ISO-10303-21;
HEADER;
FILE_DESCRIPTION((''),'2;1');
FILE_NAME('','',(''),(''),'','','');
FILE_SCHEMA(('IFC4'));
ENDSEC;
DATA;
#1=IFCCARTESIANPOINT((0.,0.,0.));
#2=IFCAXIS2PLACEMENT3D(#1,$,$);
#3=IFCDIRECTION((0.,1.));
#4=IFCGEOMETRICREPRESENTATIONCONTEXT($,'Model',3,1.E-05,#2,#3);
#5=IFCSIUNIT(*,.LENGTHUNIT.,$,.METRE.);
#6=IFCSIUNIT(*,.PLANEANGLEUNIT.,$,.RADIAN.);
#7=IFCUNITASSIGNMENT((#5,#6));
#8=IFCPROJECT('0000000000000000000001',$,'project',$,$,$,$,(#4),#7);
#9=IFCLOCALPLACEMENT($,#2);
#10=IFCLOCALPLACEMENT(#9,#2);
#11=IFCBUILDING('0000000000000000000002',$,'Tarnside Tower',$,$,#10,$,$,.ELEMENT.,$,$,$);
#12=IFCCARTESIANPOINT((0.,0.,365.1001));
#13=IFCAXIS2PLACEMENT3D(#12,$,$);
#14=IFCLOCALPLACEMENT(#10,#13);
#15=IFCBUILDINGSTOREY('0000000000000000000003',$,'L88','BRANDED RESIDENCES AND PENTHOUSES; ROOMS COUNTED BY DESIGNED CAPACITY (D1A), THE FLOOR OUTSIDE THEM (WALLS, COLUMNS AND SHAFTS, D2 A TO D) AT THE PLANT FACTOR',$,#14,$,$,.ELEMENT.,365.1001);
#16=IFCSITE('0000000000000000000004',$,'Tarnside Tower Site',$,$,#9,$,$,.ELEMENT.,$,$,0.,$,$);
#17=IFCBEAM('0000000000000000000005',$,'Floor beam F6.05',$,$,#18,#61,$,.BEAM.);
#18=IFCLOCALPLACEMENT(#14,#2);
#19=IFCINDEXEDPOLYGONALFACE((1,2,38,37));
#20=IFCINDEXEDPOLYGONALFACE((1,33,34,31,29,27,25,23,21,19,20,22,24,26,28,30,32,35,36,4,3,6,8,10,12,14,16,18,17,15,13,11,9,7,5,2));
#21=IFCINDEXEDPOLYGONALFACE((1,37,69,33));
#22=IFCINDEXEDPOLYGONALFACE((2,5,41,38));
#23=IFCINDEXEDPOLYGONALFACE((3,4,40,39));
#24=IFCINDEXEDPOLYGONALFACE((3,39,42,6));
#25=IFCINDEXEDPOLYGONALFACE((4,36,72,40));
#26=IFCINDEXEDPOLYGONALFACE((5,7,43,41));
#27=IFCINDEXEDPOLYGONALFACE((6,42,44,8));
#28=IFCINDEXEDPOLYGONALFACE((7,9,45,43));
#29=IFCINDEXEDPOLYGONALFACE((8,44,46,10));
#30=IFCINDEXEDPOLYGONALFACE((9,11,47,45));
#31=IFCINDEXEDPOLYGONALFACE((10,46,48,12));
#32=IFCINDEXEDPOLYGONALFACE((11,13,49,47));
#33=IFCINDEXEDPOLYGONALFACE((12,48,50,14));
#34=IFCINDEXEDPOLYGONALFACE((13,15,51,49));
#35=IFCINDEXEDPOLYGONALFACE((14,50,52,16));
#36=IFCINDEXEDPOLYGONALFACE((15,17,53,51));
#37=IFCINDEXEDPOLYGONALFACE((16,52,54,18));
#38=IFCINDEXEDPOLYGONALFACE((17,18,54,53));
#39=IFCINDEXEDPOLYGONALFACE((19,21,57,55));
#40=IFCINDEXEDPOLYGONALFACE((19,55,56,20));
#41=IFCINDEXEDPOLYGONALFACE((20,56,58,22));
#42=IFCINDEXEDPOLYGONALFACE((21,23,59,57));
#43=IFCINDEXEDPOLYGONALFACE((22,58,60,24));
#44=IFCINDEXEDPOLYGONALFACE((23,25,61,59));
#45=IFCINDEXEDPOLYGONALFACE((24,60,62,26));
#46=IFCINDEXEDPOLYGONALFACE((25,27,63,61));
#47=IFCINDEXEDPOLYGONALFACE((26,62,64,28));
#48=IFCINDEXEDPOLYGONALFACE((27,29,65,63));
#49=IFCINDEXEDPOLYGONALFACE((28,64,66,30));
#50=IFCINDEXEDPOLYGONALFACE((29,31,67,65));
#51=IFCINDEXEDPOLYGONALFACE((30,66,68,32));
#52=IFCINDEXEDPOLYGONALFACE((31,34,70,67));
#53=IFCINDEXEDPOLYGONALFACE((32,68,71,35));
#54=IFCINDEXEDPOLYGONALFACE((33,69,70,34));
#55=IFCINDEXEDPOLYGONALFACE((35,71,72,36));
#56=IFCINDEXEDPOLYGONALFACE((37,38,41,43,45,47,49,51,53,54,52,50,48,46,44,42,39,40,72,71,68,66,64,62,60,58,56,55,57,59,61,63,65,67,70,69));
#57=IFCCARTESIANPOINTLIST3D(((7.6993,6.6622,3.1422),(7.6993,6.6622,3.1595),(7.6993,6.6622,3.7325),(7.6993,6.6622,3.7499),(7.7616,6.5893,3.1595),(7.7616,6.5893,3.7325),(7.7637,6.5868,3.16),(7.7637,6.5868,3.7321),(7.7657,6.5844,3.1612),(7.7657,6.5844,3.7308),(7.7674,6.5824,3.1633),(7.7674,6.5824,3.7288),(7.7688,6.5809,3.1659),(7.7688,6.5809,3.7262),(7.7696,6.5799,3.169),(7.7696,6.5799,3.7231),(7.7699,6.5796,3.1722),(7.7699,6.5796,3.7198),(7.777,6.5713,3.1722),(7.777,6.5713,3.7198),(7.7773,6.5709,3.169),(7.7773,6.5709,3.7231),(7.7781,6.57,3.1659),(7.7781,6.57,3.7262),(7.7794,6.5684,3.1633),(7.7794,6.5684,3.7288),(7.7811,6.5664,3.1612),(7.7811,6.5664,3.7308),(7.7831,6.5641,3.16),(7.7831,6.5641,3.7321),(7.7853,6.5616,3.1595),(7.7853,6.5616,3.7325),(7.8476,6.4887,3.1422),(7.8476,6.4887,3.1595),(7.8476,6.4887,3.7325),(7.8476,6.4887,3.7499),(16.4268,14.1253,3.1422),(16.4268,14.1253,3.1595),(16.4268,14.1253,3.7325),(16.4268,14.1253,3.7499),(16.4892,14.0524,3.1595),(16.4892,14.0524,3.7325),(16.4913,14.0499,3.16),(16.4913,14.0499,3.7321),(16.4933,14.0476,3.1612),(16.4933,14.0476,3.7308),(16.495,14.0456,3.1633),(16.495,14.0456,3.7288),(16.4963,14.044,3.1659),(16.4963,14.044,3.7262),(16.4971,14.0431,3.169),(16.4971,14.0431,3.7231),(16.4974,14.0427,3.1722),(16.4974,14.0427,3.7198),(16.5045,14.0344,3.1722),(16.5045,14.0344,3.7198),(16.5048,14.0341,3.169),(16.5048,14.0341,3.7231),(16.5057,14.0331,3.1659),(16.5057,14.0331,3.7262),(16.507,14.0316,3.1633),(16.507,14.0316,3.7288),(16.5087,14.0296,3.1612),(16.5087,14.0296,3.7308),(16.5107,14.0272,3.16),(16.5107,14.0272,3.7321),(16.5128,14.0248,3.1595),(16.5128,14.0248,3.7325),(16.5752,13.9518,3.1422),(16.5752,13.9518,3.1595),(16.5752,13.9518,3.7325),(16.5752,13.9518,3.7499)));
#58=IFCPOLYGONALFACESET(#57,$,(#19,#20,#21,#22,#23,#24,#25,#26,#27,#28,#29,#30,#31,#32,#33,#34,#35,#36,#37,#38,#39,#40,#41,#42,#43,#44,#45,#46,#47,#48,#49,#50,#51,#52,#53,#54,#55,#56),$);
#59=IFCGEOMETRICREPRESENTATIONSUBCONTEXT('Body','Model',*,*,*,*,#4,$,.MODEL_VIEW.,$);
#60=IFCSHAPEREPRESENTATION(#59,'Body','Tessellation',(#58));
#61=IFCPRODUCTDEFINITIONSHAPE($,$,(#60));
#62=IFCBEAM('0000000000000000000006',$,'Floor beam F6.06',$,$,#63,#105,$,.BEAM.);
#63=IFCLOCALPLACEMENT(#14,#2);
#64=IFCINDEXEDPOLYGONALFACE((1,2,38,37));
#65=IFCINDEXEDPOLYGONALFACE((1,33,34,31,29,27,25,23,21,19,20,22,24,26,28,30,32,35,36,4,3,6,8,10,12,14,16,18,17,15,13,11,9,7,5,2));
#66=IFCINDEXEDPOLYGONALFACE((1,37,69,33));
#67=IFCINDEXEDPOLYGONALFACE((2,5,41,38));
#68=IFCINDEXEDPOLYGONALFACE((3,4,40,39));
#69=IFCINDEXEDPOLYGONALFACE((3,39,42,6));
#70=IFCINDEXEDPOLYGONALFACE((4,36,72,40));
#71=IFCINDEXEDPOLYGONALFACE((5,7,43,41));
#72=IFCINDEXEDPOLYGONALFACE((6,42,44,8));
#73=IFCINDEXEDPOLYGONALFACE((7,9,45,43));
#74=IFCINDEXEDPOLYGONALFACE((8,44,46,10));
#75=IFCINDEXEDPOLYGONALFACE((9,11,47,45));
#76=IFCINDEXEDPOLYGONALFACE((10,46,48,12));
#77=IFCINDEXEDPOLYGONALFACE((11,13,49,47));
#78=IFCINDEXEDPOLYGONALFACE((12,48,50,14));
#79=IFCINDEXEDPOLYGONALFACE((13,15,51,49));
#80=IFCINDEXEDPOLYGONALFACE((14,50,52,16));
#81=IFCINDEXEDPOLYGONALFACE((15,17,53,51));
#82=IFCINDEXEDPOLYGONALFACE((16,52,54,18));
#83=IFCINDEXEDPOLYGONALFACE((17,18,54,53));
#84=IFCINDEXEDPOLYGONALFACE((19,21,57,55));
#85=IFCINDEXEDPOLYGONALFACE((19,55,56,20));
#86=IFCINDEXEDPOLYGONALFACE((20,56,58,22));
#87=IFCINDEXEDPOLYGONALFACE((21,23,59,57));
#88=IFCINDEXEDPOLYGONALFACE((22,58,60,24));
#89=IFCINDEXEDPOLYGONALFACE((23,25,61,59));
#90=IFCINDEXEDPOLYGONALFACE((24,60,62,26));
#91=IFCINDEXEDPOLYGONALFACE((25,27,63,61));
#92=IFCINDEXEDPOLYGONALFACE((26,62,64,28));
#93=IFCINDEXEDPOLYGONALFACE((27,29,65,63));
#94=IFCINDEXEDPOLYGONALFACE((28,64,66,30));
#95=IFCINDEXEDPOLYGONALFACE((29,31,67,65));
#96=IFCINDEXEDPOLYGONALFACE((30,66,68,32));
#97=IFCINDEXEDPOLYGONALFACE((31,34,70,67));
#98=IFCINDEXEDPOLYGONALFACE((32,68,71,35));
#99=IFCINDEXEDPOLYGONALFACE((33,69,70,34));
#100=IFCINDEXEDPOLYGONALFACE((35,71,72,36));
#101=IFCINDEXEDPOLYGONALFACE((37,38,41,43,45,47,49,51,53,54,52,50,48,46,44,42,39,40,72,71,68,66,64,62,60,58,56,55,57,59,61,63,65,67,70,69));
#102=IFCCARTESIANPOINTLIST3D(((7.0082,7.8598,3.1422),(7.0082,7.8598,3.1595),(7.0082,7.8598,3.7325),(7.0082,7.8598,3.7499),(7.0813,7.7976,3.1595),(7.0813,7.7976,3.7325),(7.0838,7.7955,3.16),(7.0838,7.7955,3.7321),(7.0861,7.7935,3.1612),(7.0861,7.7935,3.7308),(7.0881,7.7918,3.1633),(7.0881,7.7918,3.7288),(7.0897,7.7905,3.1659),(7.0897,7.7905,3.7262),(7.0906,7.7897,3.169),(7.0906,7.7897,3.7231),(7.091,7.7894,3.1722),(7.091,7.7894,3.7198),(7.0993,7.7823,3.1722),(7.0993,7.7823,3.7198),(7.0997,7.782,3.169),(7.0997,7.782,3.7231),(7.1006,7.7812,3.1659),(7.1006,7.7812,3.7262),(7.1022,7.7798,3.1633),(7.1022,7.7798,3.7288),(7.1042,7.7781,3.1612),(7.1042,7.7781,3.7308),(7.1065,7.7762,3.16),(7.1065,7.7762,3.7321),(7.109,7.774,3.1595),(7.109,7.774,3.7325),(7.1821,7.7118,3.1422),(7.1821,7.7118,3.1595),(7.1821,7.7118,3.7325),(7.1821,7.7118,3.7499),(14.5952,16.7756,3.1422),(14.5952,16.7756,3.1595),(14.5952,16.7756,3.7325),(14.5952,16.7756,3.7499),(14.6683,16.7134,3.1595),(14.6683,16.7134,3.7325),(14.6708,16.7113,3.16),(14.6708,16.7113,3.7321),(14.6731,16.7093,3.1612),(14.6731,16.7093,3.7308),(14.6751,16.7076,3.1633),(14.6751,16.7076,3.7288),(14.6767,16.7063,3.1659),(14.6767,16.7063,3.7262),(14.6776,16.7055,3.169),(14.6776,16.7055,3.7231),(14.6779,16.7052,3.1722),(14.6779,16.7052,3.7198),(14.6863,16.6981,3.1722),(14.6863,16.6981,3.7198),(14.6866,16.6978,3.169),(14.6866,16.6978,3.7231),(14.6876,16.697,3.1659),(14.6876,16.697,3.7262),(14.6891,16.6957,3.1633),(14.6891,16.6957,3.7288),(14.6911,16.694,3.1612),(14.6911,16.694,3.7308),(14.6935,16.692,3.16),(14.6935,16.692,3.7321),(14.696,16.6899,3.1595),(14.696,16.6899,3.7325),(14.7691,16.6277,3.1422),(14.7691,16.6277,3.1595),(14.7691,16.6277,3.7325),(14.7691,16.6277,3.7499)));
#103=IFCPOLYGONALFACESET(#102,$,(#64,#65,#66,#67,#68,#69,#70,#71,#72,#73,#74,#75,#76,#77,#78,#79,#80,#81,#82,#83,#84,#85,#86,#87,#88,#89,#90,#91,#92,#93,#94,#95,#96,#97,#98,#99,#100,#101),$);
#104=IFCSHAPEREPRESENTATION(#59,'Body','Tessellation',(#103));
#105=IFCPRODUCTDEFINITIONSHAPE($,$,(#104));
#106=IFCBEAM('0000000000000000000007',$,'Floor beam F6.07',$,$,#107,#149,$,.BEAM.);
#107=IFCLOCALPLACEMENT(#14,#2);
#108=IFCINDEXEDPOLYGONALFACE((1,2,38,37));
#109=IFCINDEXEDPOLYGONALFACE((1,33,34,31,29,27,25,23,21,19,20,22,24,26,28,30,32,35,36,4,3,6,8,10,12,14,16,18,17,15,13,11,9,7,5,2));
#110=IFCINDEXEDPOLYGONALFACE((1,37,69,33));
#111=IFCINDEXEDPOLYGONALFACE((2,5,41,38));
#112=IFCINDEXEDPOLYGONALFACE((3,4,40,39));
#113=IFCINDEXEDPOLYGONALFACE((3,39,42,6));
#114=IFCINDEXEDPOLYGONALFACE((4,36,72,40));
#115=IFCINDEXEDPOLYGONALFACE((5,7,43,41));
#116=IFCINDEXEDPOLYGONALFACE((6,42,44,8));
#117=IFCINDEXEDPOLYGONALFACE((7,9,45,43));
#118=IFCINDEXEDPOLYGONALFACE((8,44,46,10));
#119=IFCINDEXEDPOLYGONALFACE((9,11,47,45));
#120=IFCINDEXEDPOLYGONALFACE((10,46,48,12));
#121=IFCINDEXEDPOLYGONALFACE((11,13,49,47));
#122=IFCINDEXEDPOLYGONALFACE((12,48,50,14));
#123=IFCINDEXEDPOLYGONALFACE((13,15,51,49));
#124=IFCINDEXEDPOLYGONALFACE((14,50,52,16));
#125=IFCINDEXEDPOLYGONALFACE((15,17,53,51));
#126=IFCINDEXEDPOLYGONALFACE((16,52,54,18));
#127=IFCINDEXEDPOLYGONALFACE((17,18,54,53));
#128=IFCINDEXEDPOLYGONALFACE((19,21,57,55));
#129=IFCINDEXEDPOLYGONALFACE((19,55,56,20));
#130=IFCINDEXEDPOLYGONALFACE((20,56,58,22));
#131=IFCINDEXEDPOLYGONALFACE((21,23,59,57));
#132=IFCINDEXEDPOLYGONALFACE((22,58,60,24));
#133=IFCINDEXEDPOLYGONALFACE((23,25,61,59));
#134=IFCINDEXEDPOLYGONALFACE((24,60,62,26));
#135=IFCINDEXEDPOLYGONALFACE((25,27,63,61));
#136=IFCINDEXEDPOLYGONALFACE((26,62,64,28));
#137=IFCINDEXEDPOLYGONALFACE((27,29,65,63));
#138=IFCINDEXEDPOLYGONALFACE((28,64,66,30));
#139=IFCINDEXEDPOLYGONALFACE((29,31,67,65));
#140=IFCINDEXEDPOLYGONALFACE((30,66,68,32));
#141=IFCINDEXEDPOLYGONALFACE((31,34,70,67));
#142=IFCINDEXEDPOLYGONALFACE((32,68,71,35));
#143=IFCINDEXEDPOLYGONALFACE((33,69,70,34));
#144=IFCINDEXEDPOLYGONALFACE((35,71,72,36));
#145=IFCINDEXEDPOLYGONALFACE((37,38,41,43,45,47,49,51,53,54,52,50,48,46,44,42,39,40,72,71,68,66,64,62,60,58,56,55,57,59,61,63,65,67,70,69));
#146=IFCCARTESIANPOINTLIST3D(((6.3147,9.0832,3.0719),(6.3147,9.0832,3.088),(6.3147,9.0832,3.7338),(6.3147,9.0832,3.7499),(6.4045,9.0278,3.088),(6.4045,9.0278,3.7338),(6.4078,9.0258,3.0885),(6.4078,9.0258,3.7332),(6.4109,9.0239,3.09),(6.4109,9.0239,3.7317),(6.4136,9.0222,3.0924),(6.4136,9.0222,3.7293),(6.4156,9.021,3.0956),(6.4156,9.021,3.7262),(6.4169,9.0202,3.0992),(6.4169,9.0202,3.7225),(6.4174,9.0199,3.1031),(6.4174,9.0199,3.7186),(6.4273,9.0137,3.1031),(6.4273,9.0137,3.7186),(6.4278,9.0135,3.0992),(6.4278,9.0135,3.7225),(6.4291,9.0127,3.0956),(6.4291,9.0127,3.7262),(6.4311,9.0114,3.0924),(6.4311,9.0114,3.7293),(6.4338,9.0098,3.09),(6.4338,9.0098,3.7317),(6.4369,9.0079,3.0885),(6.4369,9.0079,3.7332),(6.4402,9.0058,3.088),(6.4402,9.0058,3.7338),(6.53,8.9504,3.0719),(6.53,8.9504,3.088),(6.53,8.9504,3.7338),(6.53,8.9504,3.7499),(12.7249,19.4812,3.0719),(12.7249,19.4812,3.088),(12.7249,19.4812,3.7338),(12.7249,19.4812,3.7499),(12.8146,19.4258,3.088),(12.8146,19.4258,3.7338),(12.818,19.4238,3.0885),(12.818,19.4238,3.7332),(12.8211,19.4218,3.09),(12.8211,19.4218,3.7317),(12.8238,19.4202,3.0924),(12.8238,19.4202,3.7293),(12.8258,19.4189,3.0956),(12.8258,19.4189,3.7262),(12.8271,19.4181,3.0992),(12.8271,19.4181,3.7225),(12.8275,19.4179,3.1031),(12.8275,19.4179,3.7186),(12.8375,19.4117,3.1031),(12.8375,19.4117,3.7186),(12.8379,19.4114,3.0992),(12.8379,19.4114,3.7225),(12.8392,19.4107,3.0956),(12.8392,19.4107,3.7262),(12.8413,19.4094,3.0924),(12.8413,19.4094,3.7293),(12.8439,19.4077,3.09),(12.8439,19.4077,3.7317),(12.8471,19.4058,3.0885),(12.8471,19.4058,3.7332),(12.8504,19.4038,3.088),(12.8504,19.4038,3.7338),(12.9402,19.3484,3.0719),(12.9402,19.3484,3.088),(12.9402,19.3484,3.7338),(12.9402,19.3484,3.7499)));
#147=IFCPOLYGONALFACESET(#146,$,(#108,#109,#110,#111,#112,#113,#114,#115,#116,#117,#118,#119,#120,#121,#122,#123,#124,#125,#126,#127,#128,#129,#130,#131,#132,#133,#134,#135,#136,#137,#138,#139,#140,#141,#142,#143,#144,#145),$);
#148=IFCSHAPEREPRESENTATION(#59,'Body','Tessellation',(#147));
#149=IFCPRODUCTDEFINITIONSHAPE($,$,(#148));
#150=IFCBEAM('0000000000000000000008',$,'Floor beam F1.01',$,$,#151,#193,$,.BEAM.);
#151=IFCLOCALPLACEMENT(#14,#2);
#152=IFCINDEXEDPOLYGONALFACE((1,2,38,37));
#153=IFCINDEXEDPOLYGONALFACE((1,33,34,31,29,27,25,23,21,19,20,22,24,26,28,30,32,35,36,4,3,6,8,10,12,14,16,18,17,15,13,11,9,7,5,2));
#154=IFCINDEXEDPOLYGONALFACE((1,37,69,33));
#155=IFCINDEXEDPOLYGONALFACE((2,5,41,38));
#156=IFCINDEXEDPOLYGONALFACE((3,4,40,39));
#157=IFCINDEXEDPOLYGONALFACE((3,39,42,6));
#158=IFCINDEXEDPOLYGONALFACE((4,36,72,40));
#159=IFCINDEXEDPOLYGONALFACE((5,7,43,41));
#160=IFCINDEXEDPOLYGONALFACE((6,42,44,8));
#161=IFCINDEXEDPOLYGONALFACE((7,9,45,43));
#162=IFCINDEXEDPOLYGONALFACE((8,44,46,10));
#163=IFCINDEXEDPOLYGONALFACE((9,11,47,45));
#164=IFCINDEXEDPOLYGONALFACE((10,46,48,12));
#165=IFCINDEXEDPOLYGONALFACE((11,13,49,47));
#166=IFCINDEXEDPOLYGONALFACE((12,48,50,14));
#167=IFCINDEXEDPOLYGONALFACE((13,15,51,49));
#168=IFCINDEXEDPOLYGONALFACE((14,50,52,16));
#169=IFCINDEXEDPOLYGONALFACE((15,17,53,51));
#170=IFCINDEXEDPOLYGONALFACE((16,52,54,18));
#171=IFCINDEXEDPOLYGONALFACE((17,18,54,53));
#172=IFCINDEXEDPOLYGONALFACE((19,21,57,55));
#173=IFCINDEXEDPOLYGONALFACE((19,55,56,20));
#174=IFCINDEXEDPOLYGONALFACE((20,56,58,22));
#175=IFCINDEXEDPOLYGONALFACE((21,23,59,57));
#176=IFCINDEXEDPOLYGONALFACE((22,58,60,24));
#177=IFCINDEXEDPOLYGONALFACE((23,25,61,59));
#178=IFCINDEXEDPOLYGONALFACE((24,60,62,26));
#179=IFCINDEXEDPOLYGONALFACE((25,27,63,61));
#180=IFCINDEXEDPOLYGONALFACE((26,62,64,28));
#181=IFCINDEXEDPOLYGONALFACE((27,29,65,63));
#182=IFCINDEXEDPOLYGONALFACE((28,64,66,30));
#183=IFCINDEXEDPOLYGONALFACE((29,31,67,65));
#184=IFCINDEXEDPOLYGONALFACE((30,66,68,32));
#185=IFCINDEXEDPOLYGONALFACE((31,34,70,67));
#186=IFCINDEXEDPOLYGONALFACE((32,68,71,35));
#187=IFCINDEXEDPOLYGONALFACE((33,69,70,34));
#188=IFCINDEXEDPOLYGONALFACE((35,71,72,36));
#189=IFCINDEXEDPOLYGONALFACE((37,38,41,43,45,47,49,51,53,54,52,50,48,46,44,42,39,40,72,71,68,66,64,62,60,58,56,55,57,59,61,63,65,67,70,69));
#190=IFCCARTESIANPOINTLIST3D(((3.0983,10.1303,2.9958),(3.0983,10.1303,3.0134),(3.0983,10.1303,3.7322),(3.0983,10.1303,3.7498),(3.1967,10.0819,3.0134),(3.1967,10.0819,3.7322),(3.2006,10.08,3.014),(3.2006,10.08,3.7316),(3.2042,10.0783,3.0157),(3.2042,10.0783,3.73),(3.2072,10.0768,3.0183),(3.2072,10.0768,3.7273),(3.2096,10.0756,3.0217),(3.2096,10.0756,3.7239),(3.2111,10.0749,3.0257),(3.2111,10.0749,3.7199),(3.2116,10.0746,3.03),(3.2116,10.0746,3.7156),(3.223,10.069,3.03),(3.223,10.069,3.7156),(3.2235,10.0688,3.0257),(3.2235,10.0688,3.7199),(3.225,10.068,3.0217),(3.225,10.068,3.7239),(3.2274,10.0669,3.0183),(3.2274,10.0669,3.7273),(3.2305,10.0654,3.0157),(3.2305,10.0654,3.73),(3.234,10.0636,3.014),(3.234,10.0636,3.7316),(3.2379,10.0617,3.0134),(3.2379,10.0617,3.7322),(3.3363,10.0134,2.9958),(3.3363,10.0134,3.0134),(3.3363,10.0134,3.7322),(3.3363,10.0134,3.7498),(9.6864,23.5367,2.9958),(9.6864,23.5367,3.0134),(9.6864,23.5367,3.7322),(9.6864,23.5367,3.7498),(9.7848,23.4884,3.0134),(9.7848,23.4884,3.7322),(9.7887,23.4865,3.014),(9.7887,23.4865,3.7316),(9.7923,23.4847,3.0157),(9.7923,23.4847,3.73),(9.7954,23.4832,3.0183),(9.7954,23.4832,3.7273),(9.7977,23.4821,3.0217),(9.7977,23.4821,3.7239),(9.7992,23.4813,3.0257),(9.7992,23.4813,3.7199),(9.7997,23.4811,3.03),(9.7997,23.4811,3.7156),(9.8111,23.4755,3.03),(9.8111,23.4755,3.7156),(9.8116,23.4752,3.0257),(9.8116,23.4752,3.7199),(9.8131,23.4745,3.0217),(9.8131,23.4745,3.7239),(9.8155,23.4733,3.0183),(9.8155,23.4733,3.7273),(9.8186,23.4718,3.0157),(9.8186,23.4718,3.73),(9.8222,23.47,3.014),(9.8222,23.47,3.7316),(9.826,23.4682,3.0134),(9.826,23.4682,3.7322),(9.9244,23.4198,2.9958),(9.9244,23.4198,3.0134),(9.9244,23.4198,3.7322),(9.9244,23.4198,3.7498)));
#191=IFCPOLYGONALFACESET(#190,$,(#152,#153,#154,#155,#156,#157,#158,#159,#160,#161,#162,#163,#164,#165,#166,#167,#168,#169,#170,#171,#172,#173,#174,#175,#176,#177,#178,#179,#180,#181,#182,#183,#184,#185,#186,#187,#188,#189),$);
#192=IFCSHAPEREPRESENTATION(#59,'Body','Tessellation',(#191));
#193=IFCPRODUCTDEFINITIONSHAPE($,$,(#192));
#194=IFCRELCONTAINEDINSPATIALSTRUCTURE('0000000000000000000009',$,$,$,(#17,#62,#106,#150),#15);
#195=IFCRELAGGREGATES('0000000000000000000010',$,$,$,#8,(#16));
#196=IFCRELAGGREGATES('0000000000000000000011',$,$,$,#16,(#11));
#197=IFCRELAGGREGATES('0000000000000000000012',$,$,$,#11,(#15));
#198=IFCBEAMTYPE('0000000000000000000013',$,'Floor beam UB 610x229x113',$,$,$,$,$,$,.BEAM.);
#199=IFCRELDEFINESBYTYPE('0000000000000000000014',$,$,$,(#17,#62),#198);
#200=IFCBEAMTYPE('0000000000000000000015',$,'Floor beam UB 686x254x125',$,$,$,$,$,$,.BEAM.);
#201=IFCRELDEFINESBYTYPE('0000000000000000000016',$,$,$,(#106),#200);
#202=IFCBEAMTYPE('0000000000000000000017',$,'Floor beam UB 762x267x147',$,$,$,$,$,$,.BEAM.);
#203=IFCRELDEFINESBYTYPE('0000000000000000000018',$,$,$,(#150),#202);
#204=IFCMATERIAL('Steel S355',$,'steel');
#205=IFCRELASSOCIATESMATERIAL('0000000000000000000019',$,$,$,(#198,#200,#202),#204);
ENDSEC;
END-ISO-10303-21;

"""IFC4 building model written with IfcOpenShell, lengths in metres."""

from ifc_helpers import new_model, si_unit, direction, frame, origin, origin_2d, place, context, subcontext, project, spatial, i_section, extrude, material, material_profile, profile_set, type_object, element, save


model = new_model("IFC4")

# Units and contexts
model_context = context("Model", 3, precision=1e-05, world=origin(), true_north=direction((0.0, 1.0)))
body_context = subcontext(model_context, "Body", "Model", "MODEL_VIEW")
ifc_project = project(units=[si_unit("LENGTHUNIT", "METRE"), si_unit("PLANEANGLEUNIT", "RADIAN")], contexts=[model_context])

# Site, building, storey
site_placement = place(None, origin())
site = spatial("IfcSite", under=ifc_project, at=site_placement, Name="Tarnside Tower Site", CompositionType="ELEMENT", RefElevation=0.0)
building_placement = place(site_placement, origin())
building = spatial("IfcBuilding", under=site, at=building_placement, Name="Tarnside Tower", CompositionType="ELEMENT")
storey_placement = place(building_placement, frame((0.0, 0.0, 365.1001)))
storey = spatial("IfcBuildingStorey", under=building, at=storey_placement, Name="L88", Description="BRANDED RESIDENCES AND PENTHOUSES; ROOMS COUNTED BY DESIGNED CAPACITY (D1A), THE FLOOR OUTSIDE THEM (WALLS, COLUMNS AND SHAFTS, D2 A TO D) AT THE PLANT FACTOR", CompositionType="ELEMENT", Elevation=365.1001)

# Beams
ifc_material_1 = material(Name="Steel S355", Category="steel")
ifc_material_profile_1 = material_profile(ifc_material_1, i_section(OverallWidth=0.2283, OverallDepth=0.6077, WebThickness=0.011, FlangeThickness=0.0173, FilletRadius=0.0127, at=origin_2d()), Name="UB 610x229x113")
ifc_profile_set_1 = profile_set([ifc_material_profile_1], Name="Steel S355")
beam_type_1 = type_object("IfcBeamType", Name="Floor beam UB 610x229x113", PredefinedType="BEAM", material=ifc_profile_set_1)
beam_1_placement = place(storey_placement, frame((16.501, 14.0386, 3.446), z_axis=(-0.760014, -0.649907, 0.0), x_axis=(0.649907, -0.760014, 0.0)))
element("IfcBeam", 1, at=beam_1_placement, inside=storey, type_object=beam_type_1, Name="Floor beam F6.05", PredefinedType="BEAM", context=body_context, shape_type="SweptSolid", body=[
    extrude(i_section(OverallWidth=0.2283, OverallDepth=0.6077, WebThickness=0.011, FlangeThickness=0.0173, FilletRadius=0.0127, at=origin_2d()), origin(), (0.0, 0.0, 1.0), 11.4834),
])
beam_2_placement = place(storey_placement, frame((14.6821, 16.7017, 3.446), z_axis=(-0.64807, -0.761581, 0.0), x_axis=(0.761581, -0.64807, 0.0)))
element("IfcBeam", 2, at=beam_2_placement, inside=storey, type_object=beam_type_1, Name="Floor beam F6.06", PredefinedType="BEAM", context=body_context, shape_type="SweptSolid", body=[
    extrude(i_section(OverallWidth=0.2283, OverallDepth=0.6077, WebThickness=0.011, FlangeThickness=0.0173, FilletRadius=0.0127, at=origin_2d()), origin(), (0.0, 0.0, 1.0), 11.707),
])
ifc_material_profile_2 = material_profile(ifc_material_1, i_section(OverallWidth=0.2529, OverallDepth=0.678, WebThickness=0.0117, FlangeThickness=0.0161, FilletRadius=0.0151, at=origin_2d()), Name="UB 686x254x125")
ifc_profile_set_2 = profile_set([ifc_material_profile_2], Name="Steel S355")
beam_type_2 = type_object("IfcBeamType", Name="Floor beam UB 686x254x125", PredefinedType="BEAM", material=ifc_profile_set_2)
beam_3_placement = place(storey_placement, frame((12.8325, 19.4148, 3.4109), z_axis=(-0.524775, -0.851241, 0.0), x_axis=(0.851241, -0.524775, 0.0)))
element("IfcBeam", 3, at=beam_3_placement, inside=storey, type_object=beam_type_2, Name="Floor beam F6.07", PredefinedType="BEAM", context=body_context, shape_type="SweptSolid", body=[
    extrude(i_section(OverallWidth=0.2529, OverallDepth=0.678, WebThickness=0.0117, FlangeThickness=0.0161, FilletRadius=0.0151, at=origin_2d()), origin(), (0.0, 0.0, 1.0), 12.2151),
])
ifc_material_profile_3 = material_profile(ifc_material_1, i_section(OverallWidth=0.2651, OverallDepth=0.7539, WebThickness=0.0127, FlangeThickness=0.0176, FilletRadius=0.0166, at=origin_2d()), Name="UB 762x267x147")
ifc_profile_set_3 = profile_set([ifc_material_profile_3], Name="Steel S355")
beam_type_3 = type_object("IfcBeamType", Name="Floor beam UB 762x267x147", PredefinedType="BEAM", material=ifc_profile_set_3)
beam_4_placement = place(storey_placement, frame((9.8054, 23.4783, 3.3728), z_axis=(-0.441038, -0.897488, 0.0), x_axis=(0.897488, -0.441038, 0.0)))
element("IfcBeam", 4, at=beam_4_placement, inside=storey, type_object=beam_type_3, Name="Floor beam F1.01", PredefinedType="BEAM", context=body_context, shape_type="SweptSolid", body=[
    extrude(i_section(OverallWidth=0.2651, OverallDepth=0.7539, WebThickness=0.0127, FlangeThickness=0.0176, FilletRadius=0.0166, at=origin_2d()), origin(), (0.0, 0.0, 1.0), 14.9377),
])

save(model, "model.ifc")
